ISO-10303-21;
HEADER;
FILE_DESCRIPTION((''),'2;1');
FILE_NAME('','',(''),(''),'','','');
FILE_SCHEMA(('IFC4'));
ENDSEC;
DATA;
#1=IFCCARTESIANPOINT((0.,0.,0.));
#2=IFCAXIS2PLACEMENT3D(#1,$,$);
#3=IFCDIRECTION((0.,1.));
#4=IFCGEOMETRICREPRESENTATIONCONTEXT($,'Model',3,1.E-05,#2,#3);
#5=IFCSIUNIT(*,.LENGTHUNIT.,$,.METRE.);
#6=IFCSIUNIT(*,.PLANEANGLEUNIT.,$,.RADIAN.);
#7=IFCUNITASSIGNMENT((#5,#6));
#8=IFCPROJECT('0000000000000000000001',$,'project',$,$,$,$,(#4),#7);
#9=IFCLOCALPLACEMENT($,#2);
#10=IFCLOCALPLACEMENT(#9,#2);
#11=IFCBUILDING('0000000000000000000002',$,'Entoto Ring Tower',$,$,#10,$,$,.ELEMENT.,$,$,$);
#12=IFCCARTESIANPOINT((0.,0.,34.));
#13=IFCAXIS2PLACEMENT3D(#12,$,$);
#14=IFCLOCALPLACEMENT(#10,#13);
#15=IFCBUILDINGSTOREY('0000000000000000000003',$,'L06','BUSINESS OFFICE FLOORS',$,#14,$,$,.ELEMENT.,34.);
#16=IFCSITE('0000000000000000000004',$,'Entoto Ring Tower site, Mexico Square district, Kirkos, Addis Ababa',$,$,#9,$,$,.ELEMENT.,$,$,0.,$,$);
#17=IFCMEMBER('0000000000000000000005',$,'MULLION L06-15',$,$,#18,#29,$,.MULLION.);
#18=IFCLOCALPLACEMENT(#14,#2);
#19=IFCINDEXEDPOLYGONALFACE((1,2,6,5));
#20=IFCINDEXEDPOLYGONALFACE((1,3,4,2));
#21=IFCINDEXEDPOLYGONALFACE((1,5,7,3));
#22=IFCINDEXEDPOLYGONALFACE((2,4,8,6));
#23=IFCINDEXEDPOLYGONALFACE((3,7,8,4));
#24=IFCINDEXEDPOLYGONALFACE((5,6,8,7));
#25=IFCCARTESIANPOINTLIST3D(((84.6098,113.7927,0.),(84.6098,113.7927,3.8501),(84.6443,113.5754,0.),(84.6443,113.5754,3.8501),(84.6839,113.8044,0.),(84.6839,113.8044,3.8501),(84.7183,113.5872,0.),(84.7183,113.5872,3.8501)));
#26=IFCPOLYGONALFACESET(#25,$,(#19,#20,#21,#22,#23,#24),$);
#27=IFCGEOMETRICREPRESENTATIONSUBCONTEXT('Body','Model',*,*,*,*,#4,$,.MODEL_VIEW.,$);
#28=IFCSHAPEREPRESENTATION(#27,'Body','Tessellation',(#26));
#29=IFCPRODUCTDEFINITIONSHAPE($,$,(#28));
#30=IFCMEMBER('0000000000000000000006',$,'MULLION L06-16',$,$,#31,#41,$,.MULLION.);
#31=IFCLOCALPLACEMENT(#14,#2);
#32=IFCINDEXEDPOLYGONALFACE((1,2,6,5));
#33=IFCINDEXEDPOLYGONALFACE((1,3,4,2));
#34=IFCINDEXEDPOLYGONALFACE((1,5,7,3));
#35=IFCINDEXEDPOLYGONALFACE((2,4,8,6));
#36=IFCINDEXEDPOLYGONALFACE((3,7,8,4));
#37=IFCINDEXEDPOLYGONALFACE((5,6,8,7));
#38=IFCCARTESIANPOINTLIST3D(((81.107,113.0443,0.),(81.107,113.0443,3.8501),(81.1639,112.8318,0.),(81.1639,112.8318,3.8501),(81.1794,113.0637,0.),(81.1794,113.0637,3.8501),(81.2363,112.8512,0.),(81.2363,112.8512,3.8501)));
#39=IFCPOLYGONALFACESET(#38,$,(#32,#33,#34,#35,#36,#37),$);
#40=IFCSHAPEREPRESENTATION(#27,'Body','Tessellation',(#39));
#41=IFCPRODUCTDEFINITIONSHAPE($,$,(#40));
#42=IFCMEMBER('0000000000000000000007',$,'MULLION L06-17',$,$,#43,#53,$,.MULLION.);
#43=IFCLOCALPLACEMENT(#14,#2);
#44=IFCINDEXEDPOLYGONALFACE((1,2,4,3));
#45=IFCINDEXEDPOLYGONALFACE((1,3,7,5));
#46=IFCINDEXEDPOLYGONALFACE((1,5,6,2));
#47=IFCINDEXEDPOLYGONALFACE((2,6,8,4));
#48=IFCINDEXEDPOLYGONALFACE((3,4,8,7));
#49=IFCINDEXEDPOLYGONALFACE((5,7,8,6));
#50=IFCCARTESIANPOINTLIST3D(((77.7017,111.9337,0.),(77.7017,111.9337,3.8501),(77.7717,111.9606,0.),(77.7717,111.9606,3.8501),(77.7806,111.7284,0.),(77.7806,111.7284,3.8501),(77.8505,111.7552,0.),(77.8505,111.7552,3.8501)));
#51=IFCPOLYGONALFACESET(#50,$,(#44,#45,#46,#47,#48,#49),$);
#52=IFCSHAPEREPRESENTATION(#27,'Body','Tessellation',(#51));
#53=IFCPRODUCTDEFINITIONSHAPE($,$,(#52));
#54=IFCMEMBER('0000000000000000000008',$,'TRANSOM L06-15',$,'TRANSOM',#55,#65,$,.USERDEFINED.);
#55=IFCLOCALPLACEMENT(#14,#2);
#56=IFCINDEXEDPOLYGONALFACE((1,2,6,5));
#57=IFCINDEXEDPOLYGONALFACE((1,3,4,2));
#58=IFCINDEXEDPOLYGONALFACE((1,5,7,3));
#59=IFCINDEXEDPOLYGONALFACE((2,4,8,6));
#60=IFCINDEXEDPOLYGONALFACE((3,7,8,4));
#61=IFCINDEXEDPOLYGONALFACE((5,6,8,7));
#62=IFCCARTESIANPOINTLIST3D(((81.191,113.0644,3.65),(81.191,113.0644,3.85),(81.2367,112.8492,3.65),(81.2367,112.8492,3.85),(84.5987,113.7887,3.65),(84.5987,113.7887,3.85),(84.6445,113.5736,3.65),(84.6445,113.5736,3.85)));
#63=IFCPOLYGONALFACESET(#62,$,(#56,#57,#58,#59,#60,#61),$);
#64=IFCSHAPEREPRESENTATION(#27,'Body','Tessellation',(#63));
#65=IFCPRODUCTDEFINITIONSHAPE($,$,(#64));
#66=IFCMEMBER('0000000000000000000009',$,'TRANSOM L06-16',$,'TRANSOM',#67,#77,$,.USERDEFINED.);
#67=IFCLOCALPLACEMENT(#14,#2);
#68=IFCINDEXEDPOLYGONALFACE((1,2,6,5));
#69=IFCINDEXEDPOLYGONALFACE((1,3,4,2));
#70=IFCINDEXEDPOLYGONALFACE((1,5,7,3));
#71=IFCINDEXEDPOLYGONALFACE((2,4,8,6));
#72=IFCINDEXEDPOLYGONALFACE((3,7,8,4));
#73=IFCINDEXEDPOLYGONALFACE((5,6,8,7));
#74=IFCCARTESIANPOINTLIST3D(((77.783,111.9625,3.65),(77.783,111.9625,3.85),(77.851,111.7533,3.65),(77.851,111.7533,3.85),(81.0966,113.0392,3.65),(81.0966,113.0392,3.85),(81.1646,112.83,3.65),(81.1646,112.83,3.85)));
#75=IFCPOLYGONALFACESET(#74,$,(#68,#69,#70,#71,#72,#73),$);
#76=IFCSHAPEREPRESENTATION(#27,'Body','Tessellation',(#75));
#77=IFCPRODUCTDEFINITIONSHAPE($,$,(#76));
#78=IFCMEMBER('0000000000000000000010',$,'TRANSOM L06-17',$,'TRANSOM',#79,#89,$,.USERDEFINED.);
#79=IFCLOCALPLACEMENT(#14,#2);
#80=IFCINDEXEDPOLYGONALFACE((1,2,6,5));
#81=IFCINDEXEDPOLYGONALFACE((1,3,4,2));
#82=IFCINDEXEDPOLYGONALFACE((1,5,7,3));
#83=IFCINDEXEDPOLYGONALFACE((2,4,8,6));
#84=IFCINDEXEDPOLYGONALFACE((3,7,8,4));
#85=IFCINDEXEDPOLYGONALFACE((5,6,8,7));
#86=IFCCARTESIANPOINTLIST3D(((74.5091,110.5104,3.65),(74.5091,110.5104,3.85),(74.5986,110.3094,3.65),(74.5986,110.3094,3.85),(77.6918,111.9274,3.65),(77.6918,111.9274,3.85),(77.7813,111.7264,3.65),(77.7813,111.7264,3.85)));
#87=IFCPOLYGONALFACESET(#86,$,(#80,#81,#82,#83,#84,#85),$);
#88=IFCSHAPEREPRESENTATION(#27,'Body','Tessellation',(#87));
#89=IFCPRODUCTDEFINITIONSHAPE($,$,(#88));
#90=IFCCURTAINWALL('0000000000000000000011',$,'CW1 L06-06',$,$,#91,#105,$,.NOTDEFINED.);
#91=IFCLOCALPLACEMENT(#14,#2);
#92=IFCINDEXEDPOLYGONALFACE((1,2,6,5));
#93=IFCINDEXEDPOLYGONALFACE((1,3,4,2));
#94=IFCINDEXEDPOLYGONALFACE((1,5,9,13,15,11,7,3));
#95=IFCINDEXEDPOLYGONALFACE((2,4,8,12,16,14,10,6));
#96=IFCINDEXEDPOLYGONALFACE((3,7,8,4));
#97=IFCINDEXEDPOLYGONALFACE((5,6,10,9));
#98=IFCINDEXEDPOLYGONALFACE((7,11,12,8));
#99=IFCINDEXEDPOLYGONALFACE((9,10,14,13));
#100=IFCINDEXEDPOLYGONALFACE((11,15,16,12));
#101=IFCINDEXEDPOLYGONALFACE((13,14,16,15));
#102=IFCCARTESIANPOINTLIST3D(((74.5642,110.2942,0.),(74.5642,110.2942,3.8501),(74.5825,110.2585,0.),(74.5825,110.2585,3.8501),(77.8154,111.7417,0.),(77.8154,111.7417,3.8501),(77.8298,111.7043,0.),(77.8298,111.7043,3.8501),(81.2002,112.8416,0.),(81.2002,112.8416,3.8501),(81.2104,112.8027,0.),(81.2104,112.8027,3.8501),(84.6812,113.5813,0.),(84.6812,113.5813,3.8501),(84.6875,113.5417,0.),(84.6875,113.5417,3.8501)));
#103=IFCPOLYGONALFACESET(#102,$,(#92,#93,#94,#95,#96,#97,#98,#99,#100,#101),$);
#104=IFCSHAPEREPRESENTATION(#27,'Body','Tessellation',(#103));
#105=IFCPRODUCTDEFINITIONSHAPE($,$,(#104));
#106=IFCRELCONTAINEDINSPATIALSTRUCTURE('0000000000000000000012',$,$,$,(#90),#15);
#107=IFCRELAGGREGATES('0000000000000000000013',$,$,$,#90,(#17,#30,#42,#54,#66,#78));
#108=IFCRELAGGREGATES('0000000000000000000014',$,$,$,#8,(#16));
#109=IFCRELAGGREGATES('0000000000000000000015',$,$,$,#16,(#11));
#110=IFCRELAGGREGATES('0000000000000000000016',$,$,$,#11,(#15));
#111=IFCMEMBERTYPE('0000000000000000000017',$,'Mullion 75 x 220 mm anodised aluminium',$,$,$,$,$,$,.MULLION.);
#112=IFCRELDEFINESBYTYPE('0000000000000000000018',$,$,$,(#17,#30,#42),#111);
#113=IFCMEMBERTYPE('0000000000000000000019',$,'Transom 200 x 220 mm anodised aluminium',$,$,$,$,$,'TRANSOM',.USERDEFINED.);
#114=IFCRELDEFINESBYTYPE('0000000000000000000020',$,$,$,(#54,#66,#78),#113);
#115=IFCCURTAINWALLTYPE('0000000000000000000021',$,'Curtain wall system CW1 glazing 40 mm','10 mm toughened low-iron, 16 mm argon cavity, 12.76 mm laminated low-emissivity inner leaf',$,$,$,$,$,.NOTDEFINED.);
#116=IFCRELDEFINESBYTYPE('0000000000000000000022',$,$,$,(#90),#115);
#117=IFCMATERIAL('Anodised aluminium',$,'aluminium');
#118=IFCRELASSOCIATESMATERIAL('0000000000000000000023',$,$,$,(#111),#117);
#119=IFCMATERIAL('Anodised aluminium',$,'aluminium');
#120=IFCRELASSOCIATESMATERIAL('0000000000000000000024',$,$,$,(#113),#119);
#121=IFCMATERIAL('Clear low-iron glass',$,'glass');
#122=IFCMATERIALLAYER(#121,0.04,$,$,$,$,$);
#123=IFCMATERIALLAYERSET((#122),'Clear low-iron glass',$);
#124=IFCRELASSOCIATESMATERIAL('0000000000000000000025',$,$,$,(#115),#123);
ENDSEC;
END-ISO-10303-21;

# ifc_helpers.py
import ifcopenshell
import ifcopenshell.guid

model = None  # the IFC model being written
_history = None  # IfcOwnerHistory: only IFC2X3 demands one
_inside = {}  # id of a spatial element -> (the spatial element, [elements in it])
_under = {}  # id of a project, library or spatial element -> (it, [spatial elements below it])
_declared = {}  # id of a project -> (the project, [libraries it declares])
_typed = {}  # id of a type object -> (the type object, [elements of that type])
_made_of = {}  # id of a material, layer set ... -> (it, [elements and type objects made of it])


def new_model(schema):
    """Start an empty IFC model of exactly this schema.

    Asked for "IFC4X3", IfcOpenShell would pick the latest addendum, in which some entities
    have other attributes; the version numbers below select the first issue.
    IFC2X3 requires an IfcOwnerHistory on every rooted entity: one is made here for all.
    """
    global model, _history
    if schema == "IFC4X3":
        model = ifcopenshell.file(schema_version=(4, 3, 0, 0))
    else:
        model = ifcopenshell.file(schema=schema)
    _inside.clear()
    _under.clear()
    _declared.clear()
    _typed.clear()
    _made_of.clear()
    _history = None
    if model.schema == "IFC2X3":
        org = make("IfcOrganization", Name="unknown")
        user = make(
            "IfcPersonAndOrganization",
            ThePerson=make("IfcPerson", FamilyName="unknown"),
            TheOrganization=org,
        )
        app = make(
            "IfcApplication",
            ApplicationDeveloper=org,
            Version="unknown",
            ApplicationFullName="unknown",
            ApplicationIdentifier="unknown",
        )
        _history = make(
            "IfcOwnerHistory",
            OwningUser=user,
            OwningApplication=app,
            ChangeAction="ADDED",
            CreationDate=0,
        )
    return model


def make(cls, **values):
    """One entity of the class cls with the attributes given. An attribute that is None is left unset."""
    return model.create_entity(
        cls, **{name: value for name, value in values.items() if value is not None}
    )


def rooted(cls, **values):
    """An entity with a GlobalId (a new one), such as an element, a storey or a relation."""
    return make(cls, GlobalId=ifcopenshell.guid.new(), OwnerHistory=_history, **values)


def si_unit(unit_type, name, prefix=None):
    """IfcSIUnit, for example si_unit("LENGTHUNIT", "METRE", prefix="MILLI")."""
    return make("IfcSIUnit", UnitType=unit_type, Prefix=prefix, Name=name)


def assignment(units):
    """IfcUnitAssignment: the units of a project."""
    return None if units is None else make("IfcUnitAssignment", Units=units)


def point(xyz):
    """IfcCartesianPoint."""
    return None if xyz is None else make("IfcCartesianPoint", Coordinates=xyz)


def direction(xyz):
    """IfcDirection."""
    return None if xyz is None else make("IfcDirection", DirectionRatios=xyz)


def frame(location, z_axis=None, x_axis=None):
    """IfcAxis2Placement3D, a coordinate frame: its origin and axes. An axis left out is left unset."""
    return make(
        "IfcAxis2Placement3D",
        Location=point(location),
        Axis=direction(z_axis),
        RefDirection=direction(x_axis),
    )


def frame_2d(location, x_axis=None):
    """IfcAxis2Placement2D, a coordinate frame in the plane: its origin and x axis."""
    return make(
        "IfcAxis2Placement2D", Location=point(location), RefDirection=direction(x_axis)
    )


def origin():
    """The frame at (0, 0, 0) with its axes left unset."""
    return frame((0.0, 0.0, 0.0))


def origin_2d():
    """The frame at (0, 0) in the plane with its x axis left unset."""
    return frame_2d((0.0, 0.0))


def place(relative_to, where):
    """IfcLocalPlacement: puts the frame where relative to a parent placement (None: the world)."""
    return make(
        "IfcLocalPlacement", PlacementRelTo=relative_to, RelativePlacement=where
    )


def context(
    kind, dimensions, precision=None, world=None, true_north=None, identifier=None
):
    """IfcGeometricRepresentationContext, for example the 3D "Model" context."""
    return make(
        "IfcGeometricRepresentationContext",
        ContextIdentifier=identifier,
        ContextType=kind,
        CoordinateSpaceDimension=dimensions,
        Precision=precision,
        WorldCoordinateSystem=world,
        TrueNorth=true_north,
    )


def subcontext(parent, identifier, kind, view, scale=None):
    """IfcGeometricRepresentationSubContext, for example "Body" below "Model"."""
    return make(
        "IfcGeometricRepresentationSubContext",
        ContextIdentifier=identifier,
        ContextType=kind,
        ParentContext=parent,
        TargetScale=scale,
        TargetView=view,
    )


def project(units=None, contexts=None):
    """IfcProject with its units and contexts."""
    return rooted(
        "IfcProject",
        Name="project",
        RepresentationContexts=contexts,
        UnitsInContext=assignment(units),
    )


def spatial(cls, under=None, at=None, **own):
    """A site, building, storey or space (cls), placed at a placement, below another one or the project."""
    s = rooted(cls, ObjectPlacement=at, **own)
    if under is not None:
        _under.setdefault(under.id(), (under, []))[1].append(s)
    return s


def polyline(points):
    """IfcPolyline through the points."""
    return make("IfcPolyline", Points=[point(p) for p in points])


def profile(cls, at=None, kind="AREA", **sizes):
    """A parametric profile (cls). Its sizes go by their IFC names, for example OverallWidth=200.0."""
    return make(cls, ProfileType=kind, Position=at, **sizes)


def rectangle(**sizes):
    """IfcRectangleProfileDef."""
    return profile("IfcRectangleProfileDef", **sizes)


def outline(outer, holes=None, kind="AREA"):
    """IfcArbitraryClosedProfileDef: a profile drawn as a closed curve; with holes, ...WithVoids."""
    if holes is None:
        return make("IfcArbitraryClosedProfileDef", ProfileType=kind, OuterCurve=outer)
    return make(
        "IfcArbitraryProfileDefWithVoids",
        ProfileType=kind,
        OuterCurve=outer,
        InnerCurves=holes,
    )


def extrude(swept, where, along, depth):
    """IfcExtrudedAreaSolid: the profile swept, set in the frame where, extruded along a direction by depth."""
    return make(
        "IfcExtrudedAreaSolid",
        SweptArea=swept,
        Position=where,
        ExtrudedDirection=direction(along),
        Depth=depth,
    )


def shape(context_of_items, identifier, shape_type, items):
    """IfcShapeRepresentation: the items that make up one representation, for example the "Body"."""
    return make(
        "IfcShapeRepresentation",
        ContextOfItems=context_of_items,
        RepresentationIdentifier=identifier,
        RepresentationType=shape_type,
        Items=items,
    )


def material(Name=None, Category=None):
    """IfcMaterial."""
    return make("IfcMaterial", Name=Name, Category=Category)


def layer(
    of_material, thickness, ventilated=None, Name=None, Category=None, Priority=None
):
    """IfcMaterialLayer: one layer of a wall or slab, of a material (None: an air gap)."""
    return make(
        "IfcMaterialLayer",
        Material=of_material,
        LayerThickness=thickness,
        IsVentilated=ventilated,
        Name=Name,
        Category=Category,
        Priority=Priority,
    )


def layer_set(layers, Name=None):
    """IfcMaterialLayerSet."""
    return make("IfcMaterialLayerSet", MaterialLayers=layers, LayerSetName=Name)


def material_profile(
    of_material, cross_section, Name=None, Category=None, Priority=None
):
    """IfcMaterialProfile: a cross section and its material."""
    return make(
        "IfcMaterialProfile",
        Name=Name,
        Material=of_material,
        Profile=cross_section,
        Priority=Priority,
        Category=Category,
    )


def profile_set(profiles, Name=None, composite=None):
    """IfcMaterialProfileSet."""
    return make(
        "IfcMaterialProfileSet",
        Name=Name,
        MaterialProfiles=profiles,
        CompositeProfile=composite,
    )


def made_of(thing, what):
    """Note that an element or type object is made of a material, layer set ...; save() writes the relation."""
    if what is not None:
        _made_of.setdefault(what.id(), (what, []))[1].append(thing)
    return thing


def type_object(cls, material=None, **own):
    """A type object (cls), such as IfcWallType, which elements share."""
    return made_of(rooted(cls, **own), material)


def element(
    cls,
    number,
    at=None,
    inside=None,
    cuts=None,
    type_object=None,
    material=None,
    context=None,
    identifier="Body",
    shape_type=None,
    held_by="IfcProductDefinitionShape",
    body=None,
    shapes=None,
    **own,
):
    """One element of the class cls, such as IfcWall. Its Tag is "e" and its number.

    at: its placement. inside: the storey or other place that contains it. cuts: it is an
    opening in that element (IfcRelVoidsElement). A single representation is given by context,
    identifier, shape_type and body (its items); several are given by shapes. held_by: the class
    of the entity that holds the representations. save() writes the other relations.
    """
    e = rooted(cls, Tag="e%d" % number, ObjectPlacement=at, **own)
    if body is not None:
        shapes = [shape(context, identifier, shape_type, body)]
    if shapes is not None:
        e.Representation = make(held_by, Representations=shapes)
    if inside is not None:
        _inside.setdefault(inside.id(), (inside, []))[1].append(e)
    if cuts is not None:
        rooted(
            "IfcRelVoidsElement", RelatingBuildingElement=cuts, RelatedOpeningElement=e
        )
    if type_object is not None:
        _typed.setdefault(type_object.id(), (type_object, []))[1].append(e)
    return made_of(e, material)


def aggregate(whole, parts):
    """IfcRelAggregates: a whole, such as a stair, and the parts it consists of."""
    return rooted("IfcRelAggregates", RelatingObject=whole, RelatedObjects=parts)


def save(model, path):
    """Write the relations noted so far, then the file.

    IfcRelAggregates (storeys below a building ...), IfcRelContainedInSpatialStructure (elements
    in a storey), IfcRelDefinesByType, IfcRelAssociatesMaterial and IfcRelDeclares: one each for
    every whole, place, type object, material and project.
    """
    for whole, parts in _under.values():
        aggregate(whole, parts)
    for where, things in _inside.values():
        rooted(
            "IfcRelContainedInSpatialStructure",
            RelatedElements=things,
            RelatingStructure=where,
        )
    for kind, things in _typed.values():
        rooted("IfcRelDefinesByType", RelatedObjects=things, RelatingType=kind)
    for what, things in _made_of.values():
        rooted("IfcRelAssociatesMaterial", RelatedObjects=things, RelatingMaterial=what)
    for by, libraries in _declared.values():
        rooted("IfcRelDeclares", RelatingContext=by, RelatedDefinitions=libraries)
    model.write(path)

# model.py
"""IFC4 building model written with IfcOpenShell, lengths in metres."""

from ifc_helpers import new_model, si_unit, direction, frame, origin, origin_2d, place, context, subcontext, project, spatial, polyline, rectangle, outline, extrude, material, layer, layer_set, material_profile, profile_set, type_object, element, aggregate, save


model = new_model("IFC4")

# Units and contexts
model_context = context("Model", 3, precision=1e-05, world=origin(), true_north=direction((0.0, 1.0)))
body_context = subcontext(model_context, "Body", "Model", "MODEL_VIEW")
ifc_project = project(units=[si_unit("LENGTHUNIT", "METRE"), si_unit("PLANEANGLEUNIT", "RADIAN")], contexts=[model_context])

# Members
ifc_material_1 = material(Name="Anodised aluminium", Category="aluminium")
ifc_material_profile_1 = material_profile(ifc_material_1, rectangle(XDim=0.075, YDim=0.22, at=origin_2d()), Name="Mullion 75 x 220 mm anodised aluminium")
ifc_profile_set_1 = profile_set([ifc_material_profile_1], Name="Anodised aluminium")
member_type_1 = type_object("IfcMemberType", Name="Mullion 75 x 220 mm anodised aluminium", PredefinedType="MULLION", material=ifc_profile_set_1)
site_placement = place(None, origin())
building_placement = place(site_placement, origin())
storey_placement = place(building_placement, frame((0.0, 0.0, 34.0)))
member_1_placement = place(storey_placement, frame((84.6641, 113.6899, 0.0), z_axis=(0.0, 0.0, 1.0), x_axis=(-0.987688, -0.156434, 0.0)))
member_1 = element("IfcMember", 1, at=member_1_placement, type_object=member_type_1, Name="MULLION L06-15", PredefinedType="MULLION", context=body_context, shape_type="SweptSolid", body=[
    extrude(rectangle(XDim=0.075, YDim=0.22, at=origin_2d()), origin(), (0.0, 0.0, 1.0), 3.8501),
])
member_2_placement = place(storey_placement, frame((81.1716, 112.9478, 0.0), z_axis=(0.0, 0.0, 1.0), x_axis=(-0.965926, -0.258819, 0.0)))
member_2 = element("IfcMember", 2, at=member_2_placement, type_object=member_type_1, Name="MULLION L06-16", PredefinedType="MULLION", context=body_context, shape_type="SweptSolid", body=[
    extrude(rectangle(XDim=0.075, YDim=0.22, at=origin_2d()), origin(), (0.0, 0.0, 1.0), 3.8501),
])
member_3_placement = place(storey_placement, frame((77.7761, 111.8445, 0.0), z_axis=(0.0, 0.0, 1.0), x_axis=(-0.93358, -0.358368, 0.0)))
member_3 = element("IfcMember", 3, at=member_3_placement, type_object=member_type_1, Name="MULLION L06-17", PredefinedType="MULLION", context=body_context, shape_type="SweptSolid", body=[
    extrude(rectangle(XDim=0.075, YDim=0.22, at=origin_2d()), origin(), (0.0, 0.0, 1.0), 3.8501),
])
ifc_material_2 = material(Name="Anodised aluminium", Category="aluminium")
ifc_material_profile_2 = material_profile(ifc_material_2, rectangle(XDim=0.22, YDim=0.2, at=origin_2d()), Name="Transom 200 x 220 mm anodised aluminium")
ifc_profile_set_2 = profile_set([ifc_material_profile_2], Name="Anodised aluminium")
member_type_2 = type_object("IfcMemberType", Name="Transom 200 x 220 mm anodised aluminium", ElementType="TRANSOM", PredefinedType="USERDEFINED", material=ifc_profile_set_2)
member_4_placement = place(storey_placement, frame((84.6216, 113.6812, 3.75), z_axis=(-0.978146, -0.207921, 0.0), x_axis=(0.207921, -0.978146, 0.0)))
member_4 = element("IfcMember", 4, at=member_4_placement, type_object=member_type_2, Name="TRANSOM L06-15", ObjectType="TRANSOM", PredefinedType="USERDEFINED", context=body_context, shape_type="SweptSolid", body=[
    extrude(rectangle(XDim=0.22, YDim=0.2, at=origin_2d()), origin(), (0.0, 0.0, 1.0), 3.4839),
])
member_5_placement = place(storey_placement, frame((81.1306, 112.9346, 3.75), z_axis=(-0.951053, -0.309029, 0.0), x_axis=(0.309029, -0.951053, 0.0)))
member_5 = element("IfcMember", 5, at=member_5_placement, type_object=member_type_2, Name="TRANSOM L06-16", ObjectType="TRANSOM", PredefinedType="USERDEFINED", context=body_context, shape_type="SweptSolid", body=[
    extrude(rectangle(XDim=0.22, YDim=0.2, at=origin_2d()), origin(), (0.0, 0.0, 1.0), 3.4841),
])
member_6_placement = place(storey_placement, frame((77.7366, 111.8269, 3.75), z_axis=(-0.913545, -0.406737, 0.0), x_axis=(0.406737, -0.913545, 0.0)))
member_6 = element("IfcMember", 6, at=member_6_placement, type_object=member_type_2, Name="TRANSOM L06-17", ObjectType="TRANSOM", PredefinedType="USERDEFINED", context=body_context, shape_type="SweptSolid", body=[
    extrude(rectangle(XDim=0.22, YDim=0.2, at=origin_2d()), origin(), (0.0, 0.0, 1.0), 3.4839),
])

# Site, building, storey
site = spatial("IfcSite", under=ifc_project, at=site_placement, Name="Entoto Ring Tower site, Mexico Square district, Kirkos, Addis Ababa", CompositionType="ELEMENT", RefElevation=0.0)
building = spatial("IfcBuilding", under=site, at=building_placement, Name="Entoto Ring Tower", CompositionType="ELEMENT")
storey = spatial("IfcBuildingStorey", under=building, at=storey_placement, Name="L06", Description="BUSINESS OFFICE FLOORS", CompositionType="ELEMENT", Elevation=34.0)

# Curtain wall
ifc_material_3 = material(Name="Clear low-iron glass", Category="glass")
ifc_layer = layer(ifc_material_3, 0.04)
ifc_layer_set = layer_set([ifc_layer], Name="Clear low-iron glass")
curtain_wall_type = type_object("IfcCurtainWallType", Name="Curtain wall system CW1 glazing 40 mm", Description="10 mm toughened low-iron, 16 mm argon cavity, 12.76 mm laminated low-emissivity inner leaf", PredefinedType="NOTDEFINED", material=ifc_layer_set)
curtain_wall_1_placement = place(storey_placement, origin())
curtain_wall_1 = element("IfcCurtainWall", 7, at=curtain_wall_1_placement, inside=storey, type_object=curtain_wall_type, Name="CW1 L06-06", PredefinedType="NOTDEFINED", context=body_context, shape_type="SweptSolid", body=[
    extrude(outline(polyline([(84.6812, 113.5813), (81.2002, 112.8416), (77.8154, 111.7417), (74.5642, 110.2942), (74.5825, 110.2585), (77.8298, 111.7043), (81.2104, 112.8027), (84.6875, 113.5417), (84.6812, 113.5813)])), origin(), (0.0, 0.0, 1.0), 3.8501),
])
aggregate(curtain_wall_1, [member_1, member_2, member_3, member_4, member_5, member_6])

save(model, "model.ifc")
